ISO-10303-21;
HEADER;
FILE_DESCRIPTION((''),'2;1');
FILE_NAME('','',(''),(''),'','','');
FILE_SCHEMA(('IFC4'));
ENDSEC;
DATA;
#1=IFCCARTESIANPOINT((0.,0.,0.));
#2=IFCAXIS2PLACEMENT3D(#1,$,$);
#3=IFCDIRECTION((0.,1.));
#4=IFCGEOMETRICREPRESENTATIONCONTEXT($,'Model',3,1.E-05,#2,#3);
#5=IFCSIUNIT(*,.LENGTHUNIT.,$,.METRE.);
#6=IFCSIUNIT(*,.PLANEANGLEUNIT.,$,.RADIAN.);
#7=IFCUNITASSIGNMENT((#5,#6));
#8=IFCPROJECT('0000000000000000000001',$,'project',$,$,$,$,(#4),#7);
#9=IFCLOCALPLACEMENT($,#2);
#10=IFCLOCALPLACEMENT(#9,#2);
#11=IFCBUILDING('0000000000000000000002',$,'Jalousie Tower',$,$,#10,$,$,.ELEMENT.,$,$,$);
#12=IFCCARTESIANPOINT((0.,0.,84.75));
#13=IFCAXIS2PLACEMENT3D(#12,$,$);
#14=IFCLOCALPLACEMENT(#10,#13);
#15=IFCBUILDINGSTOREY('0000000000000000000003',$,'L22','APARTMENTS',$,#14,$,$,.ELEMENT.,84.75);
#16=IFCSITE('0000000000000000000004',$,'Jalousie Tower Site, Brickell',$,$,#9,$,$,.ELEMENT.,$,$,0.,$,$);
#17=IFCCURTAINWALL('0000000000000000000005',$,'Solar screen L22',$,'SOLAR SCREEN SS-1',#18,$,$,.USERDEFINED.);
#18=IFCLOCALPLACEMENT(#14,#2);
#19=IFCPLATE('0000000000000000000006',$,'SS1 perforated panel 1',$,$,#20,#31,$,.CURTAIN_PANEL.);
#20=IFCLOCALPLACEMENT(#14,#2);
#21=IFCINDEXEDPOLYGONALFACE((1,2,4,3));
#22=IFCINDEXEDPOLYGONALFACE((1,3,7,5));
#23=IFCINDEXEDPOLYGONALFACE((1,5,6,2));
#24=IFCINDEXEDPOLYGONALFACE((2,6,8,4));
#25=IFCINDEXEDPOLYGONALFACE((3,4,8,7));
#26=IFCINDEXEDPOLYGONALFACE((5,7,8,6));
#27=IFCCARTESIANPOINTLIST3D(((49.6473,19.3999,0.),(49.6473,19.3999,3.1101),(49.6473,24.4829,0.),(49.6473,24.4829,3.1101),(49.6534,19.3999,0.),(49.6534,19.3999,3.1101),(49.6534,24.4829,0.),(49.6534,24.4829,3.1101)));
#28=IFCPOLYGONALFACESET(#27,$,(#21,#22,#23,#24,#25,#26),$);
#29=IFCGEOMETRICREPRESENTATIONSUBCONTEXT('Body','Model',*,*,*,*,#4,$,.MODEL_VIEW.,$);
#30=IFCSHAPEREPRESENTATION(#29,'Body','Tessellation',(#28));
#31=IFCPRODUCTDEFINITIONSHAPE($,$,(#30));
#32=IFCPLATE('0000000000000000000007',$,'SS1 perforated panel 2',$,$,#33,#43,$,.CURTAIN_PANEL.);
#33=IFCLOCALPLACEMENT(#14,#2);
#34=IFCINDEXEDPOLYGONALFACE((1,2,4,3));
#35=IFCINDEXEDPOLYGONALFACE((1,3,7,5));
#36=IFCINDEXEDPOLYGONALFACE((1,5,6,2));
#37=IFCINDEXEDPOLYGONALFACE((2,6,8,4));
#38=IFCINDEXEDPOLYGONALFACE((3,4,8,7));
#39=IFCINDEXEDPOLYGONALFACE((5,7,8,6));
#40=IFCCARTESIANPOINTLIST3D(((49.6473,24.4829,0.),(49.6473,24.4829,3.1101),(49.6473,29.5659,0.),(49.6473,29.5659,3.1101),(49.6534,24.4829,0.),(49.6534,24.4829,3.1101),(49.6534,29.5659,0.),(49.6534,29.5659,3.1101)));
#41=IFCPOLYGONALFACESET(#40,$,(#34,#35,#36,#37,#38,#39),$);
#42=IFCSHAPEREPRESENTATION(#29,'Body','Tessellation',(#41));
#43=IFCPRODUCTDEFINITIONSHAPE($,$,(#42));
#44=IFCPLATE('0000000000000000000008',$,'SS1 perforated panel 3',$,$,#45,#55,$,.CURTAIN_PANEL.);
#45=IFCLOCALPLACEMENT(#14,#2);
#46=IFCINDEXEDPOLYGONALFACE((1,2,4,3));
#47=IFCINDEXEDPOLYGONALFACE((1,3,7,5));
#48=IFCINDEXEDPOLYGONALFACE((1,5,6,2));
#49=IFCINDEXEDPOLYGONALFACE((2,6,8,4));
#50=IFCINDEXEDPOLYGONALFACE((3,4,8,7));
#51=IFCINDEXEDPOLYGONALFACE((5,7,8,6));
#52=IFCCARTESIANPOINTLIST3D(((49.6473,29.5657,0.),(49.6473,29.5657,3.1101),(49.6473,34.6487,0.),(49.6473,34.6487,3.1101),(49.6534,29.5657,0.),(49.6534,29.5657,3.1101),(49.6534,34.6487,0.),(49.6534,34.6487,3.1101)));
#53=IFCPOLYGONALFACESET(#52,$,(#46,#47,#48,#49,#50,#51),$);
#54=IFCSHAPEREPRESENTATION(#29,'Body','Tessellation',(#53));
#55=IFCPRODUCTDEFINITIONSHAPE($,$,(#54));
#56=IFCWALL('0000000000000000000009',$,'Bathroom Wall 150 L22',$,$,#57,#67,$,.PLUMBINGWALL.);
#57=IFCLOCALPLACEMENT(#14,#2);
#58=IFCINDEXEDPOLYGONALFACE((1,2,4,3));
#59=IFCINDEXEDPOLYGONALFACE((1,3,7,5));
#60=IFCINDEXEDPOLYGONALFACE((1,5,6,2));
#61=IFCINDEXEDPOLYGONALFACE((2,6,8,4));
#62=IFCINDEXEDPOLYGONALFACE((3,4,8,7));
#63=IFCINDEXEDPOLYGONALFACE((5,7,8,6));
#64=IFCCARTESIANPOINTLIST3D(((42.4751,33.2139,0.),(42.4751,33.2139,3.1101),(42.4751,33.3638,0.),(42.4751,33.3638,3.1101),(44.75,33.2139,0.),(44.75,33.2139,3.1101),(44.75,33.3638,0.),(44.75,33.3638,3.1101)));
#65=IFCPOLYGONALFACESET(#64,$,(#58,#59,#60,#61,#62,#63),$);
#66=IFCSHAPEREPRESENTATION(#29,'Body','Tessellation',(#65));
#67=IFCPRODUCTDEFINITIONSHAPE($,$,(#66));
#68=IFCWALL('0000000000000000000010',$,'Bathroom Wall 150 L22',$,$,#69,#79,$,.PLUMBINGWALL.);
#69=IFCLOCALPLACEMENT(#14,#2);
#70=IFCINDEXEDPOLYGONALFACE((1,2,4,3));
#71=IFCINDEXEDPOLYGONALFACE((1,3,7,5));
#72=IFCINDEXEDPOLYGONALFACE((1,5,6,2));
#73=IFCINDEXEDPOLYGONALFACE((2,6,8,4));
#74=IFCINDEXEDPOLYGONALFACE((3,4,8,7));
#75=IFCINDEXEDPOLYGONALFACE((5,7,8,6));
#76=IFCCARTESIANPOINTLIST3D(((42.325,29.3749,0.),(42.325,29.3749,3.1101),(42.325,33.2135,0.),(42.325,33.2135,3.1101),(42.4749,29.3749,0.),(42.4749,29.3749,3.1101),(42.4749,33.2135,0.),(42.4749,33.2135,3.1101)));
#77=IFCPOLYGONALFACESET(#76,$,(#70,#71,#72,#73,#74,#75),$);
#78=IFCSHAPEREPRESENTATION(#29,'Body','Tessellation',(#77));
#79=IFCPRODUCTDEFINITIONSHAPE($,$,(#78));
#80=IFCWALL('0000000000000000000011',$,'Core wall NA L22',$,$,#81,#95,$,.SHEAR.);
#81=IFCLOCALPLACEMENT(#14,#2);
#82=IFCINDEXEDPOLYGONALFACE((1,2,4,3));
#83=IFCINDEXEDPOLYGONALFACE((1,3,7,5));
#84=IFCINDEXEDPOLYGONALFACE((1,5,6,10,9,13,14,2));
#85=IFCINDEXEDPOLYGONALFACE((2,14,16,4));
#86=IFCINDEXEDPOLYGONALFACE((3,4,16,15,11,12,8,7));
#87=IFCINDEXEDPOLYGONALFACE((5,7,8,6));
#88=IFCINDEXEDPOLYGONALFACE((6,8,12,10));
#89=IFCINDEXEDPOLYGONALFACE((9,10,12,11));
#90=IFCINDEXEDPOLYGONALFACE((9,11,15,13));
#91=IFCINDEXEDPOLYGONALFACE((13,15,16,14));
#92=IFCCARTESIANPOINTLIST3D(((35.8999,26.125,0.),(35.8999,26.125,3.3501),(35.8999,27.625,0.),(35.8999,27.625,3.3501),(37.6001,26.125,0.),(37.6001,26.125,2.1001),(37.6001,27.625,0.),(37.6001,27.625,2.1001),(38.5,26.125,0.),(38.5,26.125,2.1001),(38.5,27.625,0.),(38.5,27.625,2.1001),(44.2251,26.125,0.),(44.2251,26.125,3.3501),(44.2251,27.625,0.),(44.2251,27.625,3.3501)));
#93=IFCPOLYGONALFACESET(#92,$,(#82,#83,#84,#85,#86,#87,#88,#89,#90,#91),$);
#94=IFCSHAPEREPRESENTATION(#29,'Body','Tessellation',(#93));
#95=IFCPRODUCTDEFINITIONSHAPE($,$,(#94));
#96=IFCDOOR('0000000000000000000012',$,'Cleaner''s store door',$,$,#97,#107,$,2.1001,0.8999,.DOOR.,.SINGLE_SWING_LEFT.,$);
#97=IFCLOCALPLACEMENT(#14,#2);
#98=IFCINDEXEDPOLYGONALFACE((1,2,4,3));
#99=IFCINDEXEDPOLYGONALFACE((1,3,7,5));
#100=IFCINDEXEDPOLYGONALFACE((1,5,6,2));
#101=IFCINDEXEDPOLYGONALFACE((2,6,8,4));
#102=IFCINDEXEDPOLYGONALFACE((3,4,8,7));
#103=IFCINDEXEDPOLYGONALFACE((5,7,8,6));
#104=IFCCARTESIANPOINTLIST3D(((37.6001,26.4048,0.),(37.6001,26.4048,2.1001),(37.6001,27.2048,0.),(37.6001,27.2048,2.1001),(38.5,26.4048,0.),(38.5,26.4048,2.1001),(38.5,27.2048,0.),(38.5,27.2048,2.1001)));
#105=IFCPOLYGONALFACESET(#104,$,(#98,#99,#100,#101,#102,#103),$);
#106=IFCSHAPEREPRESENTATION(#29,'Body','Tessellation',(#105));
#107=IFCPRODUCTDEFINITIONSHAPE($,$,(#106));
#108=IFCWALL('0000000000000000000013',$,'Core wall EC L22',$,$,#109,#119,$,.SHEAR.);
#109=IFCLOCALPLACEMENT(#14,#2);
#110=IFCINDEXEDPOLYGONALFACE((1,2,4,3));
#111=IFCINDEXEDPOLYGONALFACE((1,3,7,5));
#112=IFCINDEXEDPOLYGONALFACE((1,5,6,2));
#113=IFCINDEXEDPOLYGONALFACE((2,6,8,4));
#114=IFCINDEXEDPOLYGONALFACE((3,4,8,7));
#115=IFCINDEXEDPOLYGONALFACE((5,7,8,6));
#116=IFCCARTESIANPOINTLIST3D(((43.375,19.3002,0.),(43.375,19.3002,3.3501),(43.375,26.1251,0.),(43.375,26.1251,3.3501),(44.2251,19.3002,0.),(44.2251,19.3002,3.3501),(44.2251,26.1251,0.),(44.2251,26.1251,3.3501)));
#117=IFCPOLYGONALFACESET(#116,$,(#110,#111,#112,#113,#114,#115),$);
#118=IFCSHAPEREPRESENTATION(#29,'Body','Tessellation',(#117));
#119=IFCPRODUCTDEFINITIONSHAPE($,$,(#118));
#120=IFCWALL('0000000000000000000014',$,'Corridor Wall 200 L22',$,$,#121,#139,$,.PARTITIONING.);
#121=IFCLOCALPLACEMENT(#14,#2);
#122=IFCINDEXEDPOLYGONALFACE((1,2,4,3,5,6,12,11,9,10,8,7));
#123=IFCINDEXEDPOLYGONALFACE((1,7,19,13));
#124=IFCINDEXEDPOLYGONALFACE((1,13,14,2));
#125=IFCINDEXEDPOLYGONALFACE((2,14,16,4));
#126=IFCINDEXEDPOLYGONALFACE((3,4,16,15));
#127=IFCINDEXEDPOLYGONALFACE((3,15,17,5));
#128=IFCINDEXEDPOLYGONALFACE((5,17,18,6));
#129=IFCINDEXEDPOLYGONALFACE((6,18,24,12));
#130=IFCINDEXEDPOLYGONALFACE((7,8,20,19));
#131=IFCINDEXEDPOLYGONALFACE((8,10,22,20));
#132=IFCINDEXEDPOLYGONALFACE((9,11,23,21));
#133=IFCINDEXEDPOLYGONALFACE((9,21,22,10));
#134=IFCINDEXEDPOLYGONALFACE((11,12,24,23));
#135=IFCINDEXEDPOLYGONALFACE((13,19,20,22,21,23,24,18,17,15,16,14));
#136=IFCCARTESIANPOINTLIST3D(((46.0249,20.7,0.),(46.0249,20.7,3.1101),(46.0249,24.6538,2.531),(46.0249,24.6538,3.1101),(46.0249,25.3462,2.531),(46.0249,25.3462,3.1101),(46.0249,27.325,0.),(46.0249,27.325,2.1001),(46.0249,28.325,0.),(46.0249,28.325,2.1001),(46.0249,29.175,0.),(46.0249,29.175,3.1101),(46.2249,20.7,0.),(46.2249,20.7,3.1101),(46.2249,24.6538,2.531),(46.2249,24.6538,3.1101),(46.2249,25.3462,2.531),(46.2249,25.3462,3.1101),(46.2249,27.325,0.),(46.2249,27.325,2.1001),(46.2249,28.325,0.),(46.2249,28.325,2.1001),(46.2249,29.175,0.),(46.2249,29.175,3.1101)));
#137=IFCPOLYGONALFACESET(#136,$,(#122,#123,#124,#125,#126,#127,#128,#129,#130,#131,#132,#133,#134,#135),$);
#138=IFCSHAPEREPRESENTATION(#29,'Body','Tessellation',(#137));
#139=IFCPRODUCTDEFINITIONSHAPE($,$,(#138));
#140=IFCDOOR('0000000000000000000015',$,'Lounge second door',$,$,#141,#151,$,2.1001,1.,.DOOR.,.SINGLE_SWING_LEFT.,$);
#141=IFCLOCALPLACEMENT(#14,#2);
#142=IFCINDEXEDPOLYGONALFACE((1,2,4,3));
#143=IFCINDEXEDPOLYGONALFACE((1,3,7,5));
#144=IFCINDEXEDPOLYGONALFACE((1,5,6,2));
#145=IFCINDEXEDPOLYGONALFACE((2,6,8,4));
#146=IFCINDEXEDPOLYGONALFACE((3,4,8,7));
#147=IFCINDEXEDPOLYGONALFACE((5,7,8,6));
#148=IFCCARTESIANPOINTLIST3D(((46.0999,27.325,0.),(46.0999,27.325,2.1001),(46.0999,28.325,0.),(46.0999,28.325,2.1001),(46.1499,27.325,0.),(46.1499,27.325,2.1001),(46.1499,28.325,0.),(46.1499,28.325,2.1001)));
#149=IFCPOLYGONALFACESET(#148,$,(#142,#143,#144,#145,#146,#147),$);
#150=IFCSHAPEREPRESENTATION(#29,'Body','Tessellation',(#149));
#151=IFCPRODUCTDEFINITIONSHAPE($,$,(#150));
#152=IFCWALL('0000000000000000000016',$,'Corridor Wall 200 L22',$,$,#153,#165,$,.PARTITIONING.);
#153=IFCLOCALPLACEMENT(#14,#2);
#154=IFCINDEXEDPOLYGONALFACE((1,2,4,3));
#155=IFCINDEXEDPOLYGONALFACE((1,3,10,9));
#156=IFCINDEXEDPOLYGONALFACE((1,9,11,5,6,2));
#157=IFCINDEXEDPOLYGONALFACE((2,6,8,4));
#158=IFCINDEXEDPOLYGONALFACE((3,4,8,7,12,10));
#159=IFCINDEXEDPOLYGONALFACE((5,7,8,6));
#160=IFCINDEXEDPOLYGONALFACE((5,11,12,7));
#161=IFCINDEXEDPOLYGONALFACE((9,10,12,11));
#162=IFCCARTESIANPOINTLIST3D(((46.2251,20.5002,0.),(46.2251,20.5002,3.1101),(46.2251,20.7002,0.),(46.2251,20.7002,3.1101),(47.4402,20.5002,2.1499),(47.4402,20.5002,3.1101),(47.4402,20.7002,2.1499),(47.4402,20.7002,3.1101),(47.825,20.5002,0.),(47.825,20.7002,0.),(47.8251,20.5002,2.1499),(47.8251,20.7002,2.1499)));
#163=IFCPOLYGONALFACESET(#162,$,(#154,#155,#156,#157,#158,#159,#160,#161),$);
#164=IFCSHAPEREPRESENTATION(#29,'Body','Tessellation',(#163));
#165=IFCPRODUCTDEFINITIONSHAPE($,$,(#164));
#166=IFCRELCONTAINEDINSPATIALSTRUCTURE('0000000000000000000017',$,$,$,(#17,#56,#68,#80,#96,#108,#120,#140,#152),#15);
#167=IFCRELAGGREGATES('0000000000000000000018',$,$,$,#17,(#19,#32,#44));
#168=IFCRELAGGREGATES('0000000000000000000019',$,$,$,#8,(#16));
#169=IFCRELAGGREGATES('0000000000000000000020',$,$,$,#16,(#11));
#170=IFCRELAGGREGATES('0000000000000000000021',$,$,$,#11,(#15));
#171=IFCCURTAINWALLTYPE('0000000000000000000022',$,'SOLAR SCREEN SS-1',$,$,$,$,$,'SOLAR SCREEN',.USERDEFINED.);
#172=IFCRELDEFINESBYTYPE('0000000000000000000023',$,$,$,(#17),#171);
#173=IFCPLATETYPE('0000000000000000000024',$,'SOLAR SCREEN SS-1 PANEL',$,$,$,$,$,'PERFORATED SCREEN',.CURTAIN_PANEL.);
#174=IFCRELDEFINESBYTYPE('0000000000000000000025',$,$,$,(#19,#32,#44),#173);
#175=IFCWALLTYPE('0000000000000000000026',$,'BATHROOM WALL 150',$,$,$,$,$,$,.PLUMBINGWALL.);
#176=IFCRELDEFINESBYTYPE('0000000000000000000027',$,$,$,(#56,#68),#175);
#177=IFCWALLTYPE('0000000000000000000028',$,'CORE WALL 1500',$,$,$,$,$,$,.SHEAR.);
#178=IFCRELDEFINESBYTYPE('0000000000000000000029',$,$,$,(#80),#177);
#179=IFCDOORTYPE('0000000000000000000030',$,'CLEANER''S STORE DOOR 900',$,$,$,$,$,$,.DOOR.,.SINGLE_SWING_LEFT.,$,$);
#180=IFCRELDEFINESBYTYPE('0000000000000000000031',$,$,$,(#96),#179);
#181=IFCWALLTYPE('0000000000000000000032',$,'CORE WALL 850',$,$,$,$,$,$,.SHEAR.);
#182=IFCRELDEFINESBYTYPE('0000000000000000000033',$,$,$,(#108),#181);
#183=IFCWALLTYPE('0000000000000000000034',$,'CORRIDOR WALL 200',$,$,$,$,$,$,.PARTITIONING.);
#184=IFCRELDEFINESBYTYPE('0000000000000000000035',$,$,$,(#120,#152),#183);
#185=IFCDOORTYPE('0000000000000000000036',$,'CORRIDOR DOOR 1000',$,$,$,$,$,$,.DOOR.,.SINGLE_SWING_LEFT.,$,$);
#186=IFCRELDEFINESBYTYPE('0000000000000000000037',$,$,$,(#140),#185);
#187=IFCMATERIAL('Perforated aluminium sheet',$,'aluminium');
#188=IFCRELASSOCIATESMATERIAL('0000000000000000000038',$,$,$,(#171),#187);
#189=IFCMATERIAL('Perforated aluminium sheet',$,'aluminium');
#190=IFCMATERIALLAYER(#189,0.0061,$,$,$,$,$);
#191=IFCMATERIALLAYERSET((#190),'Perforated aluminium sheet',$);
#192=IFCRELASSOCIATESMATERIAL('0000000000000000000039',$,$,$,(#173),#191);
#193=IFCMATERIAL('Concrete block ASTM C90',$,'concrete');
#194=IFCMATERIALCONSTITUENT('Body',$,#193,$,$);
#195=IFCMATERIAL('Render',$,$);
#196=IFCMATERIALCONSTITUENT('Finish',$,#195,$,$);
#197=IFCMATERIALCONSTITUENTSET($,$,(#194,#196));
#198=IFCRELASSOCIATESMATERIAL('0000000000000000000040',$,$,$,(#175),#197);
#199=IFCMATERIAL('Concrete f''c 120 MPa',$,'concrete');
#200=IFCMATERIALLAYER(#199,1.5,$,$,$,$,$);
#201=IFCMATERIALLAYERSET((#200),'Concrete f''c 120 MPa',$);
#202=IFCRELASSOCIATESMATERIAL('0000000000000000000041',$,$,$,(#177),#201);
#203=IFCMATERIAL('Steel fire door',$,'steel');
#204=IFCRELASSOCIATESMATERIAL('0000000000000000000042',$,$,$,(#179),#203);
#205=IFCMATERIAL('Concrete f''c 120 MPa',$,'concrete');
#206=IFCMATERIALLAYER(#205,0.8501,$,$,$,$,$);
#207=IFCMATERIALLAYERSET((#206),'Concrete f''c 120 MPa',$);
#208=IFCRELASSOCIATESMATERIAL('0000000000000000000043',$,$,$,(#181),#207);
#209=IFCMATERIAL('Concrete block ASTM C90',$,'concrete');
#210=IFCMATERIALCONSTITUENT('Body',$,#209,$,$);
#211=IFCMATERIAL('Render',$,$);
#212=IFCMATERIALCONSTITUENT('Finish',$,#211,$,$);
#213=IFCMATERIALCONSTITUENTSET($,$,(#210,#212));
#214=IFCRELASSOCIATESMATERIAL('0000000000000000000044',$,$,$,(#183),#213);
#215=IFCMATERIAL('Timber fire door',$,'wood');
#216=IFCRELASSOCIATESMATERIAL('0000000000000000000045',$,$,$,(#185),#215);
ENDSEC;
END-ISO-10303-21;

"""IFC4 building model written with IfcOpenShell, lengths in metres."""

from ifc_helpers import new_model, si_unit, direction, frame, frame_2d, origin, origin_2d, place, context, subcontext, project, spatial, polyline, rectangle, outline, extrude, material, layer, layer_set, constituent, constituent_set, type_object, element, fill, aggregate, save


model = new_model("IFC4")

# Units and contexts
model_context = context("Model", 3, precision=1e-05, world=origin(), true_north=direction((0.0, 1.0)))
body_context = subcontext(model_context, "Body", "Model", "MODEL_VIEW")
ifc_project = project(units=[si_unit("LENGTHUNIT", "METRE"), si_unit("PLANEANGLEUNIT", "RADIAN")], contexts=[model_context])

# Site, building, storey
site_placement = place(None, origin())
site = spatial("IfcSite", under=ifc_project, at=site_placement, Name="Jalousie Tower Site, Brickell", CompositionType="ELEMENT", RefElevation=0.0)
building_placement = place(site_placement, origin())
building = spatial("IfcBuilding", under=site, at=building_placement, Name="Jalousie Tower", CompositionType="ELEMENT")
storey_placement = place(building_placement, frame((0.0, 0.0, 84.75)))
storey = spatial("IfcBuildingStorey", under=building, at=storey_placement, Name="L22", Description="APARTMENTS", CompositionType="ELEMENT", Elevation=84.75)

# Curtain wall, plates
ifc_material_1 = material(Name="Perforated aluminium sheet", Category="aluminium")
curtain_wall_type = type_object("IfcCurtainWallType", Name="SOLAR SCREEN SS-1", ElementType="SOLAR SCREEN", PredefinedType="USERDEFINED", material=ifc_material_1)
curtain_wall_placement = place(storey_placement, origin())
curtain_wall = element("IfcCurtainWall", 1, at=curtain_wall_placement, inside=storey, type_object=curtain_wall_type, Name="Solar screen L22", ObjectType="SOLAR SCREEN SS-1", PredefinedType="USERDEFINED")
ifc_material_2 = material(Name="Perforated aluminium sheet", Category="aluminium")
ifc_layer_1 = layer(ifc_material_2, 0.0061)
ifc_layer_set_1 = layer_set([ifc_layer_1], Name="Perforated aluminium sheet")
plate_type = type_object("IfcPlateType", Name="SOLAR SCREEN SS-1 PANEL", ElementType="PERFORATED SCREEN", PredefinedType="CURTAIN_PANEL", material=ifc_layer_set_1)
plate_1_placement = place(storey_placement, frame((49.6504, 21.9414, 0.0), z_axis=(0.0, 0.0, 1.0), x_axis=(0.0, 1.0, 0.0)))
plate_1 = element("IfcPlate", 2, at=plate_1_placement, type_object=plate_type, Name="SS1 perforated panel 1", PredefinedType="CURTAIN_PANEL", context=body_context, shape_type="SweptSolid", body=[
    extrude(rectangle(XDim=5.083, YDim=0.0061, at=origin_2d()), origin(), (0.0, 0.0, 1.0), 3.1101),
])
plate_2_placement = place(storey_placement, frame((49.6504, 27.0244, 0.0), z_axis=(0.0, 0.0, 1.0), x_axis=(0.0, 1.0, 0.0)))
plate_2 = element("IfcPlate", 3, at=plate_2_placement, type_object=plate_type, Name="SS1 perforated panel 2", PredefinedType="CURTAIN_PANEL", context=body_context, shape_type="SweptSolid", body=[
    extrude(rectangle(XDim=5.083, YDim=0.0061, at=origin_2d()), origin(), (0.0, 0.0, 1.0), 3.1101),
])
plate_3_placement = place(storey_placement, frame((49.6504, 32.1072, 0.0), z_axis=(0.0, 0.0, 1.0), x_axis=(0.0, 1.0, 0.0)))
plate_3 = element("IfcPlate", 4, at=plate_3_placement, type_object=plate_type, Name="SS1 perforated panel 3", PredefinedType="CURTAIN_PANEL", context=body_context, shape_type="SweptSolid", body=[
    extrude(rectangle(XDim=5.083, YDim=0.0061, at=origin_2d()), origin(), (0.0, 0.0, 1.0), 3.1101),
])
aggregate(curtain_wall, [plate_1, plate_2, plate_3])

# Walls
ifc_material_3 = material(Name="Concrete block ASTM C90", Category="concrete")
ifc_constituent_1 = constituent(ifc_material_3, Name="Body")
ifc_material_4 = material(Name="Render")
ifc_constituent_2 = constituent(ifc_material_4, Name="Finish")
ifc_constituent_set_1 = constituent_set(constituents=[ifc_constituent_1, ifc_constituent_2])
wall_type_1 = type_object("IfcWallType", Name="BATHROOM WALL 150", PredefinedType="PLUMBINGWALL", material=ifc_constituent_set_1)
wall_1_placement = place(storey_placement, frame((42.4751, 33.2888, 0.0), z_axis=(0.0, 0.0, 1.0), x_axis=(1.0, 0.0, 0.0)))
element("IfcWall", 5, at=wall_1_placement, inside=storey, type_object=wall_type_1, Name="Bathroom Wall 150 L22", PredefinedType="PLUMBINGWALL", context=body_context, shape_type="SweptSolid", body=[
    extrude(rectangle(XDim=2.2749, YDim=0.1499, at=frame_2d((1.1375, 0.0))), origin(), (0.0, 0.0, 1.0), 3.1101),
])
wall_2_placement = place(storey_placement, frame((42.3999, 33.2136, 0.0), z_axis=(0.0, 0.0, 1.0), x_axis=(0.0, -1.0, 0.0)))
element("IfcWall", 6, at=wall_2_placement, inside=storey, type_object=wall_type_1, Name="Bathroom Wall 150 L22", PredefinedType="PLUMBINGWALL", context=body_context, shape_type="SweptSolid", body=[
    extrude(rectangle(XDim=3.8386, YDim=0.1499, at=frame_2d((1.9194, 0.0))), origin(), (0.0, 0.0, 1.0), 3.1101),
])

# Wall, opening, door
ifc_material_5 = material(Name="Concrete f'c 120 MPa", Category="concrete")
ifc_layer_2 = layer(ifc_material_5, 1.5)
ifc_layer_set_2 = layer_set([ifc_layer_2], Name="Concrete f'c 120 MPa")
wall_type_2 = type_object("IfcWallType", Name="CORE WALL 1500", PredefinedType="SHEAR", material=ifc_layer_set_2)
wall_3_placement = place(storey_placement, frame((44.2251, 26.875, 0.0), z_axis=(0.0, 0.0, 1.0), x_axis=(-1.0, 0.0, 0.0)))
wall_3 = element("IfcWall", 7, at=wall_3_placement, inside=storey, type_object=wall_type_2, Name="Core wall NA L22", PredefinedType="SHEAR", context=body_context, shape_type="SweptSolid", body=[
    extrude(rectangle(XDim=8.3252, YDim=1.5, at=frame_2d((4.1626, 0.0))), origin(), (0.0, 0.0, 1.0), 3.3501),
])
opening_1_placement = place(wall_3_placement, frame((5.7251, 0.0, 0.0)))
opening_1 = element("IfcOpeningElement", 8, at=opening_1_placement, cuts=wall_3, PredefinedType="OPENING", context=body_context, shape_type="SweptSolid", body=[
    extrude(rectangle(XDim=0.8999, YDim=2.1001, at=frame_2d((0.45, 1.05))), frame((0.0, 0.76, 0.0), z_axis=(0.0, -1.0, 0.0), x_axis=(1.0, 0.0, 0.0)), (0.0, 0.0, 1.0), 1.52),
])
ifc_material_6 = material(Name="Steel fire door", Category="steel")
door_type_1 = type_object("IfcDoorType", Name="CLEANER'S STORE DOOR 900", OperationType="SINGLE_SWING_LEFT", PredefinedType="DOOR", material=ifc_material_6)
door_1_placement = place(opening_1_placement, origin())
door_1 = element("IfcDoor", 9, at=door_1_placement, inside=storey, type_object=door_type_1, Name="Cleaner's store door", OperationType="SINGLE_SWING_LEFT", OverallHeight=2.1001, OverallWidth=0.8999, PredefinedType="DOOR", context=body_context, shape_type="SweptSolid", body=[
    extrude(rectangle(XDim=0.8999, YDim=2.1001, at=frame_2d((0.45, 1.05))), frame((0.0, 0.4702, 0.0), z_axis=(0.0, -1.0, 0.0), x_axis=(1.0, 0.0, 0.0)), (0.0, 0.0, 1.0), 0.8),
])
fill(opening_1, door_1)

# Wall
ifc_material_7 = material(Name="Concrete f'c 120 MPa", Category="concrete")
ifc_layer_3 = layer(ifc_material_7, 0.8501)
ifc_layer_set_3 = layer_set([ifc_layer_3], Name="Concrete f'c 120 MPa")
wall_type_3 = type_object("IfcWallType", Name="CORE WALL 850", PredefinedType="SHEAR", material=ifc_layer_set_3)
wall_4_placement = place(storey_placement, frame((43.8, 19.3, 0.0), z_axis=(0.0, 0.0, 1.0), x_axis=(0.0, 1.0, 0.0)))
element("IfcWall", 10, at=wall_4_placement, inside=storey, type_object=wall_type_3, Name="Core wall EC L22", PredefinedType="SHEAR", context=body_context, shape_type="SweptSolid", body=[
    extrude(rectangle(XDim=6.825, YDim=0.8501, at=frame_2d((3.4126, 0.0))), origin(), (0.0, 0.0, 1.0), 3.3501),
])

# Wall, opening, door
ifc_material_8 = material(Name="Concrete block ASTM C90", Category="concrete")
ifc_constituent_3 = constituent(ifc_material_8, Name="Body")
ifc_material_9 = material(Name="Render")
ifc_constituent_4 = constituent(ifc_material_9, Name="Finish")
ifc_constituent_set_2 = constituent_set(constituents=[ifc_constituent_3, ifc_constituent_4])
wall_type_4 = type_object("IfcWallType", Name="CORRIDOR WALL 200", PredefinedType="PARTITIONING", material=ifc_constituent_set_2)
wall_5_placement = place(storey_placement, frame((46.125, 20.7, 0.0), z_axis=(0.0, 0.0, 1.0), x_axis=(0.0, 1.0, 0.0)))
wall_5 = element("IfcWall", 11, at=wall_5_placement, inside=storey, type_object=wall_type_4, Name="Corridor Wall 200 L22", PredefinedType="PARTITIONING", context=body_context, shape_type="SweptSolid", body=[
    extrude(outline(polyline([(0.0, 0.0), (8.4751, 0.0), (8.4751, 3.1101), (4.6462, 3.1101), (4.6462, 2.531), (3.9539, 2.531), (3.9539, 3.1101), (0.0, 3.1101), (0.0, 0.0)])), frame((0.0, 0.1001, 0.0), z_axis=(0.0, -1.0, 0.0), x_axis=(1.0, 0.0, 0.0)), (0.0, 0.0, 1.0), 0.2),
])
opening_2_placement = place(wall_5_placement, frame((6.625, 0.0, 0.0)))
opening_2 = element("IfcOpeningElement", 12, at=opening_2_placement, cuts=wall_5, PredefinedType="OPENING", context=body_context, shape_type="SweptSolid", body=[
    extrude(rectangle(XDim=1.0, YDim=2.1001, at=frame_2d((0.5, 1.05))), frame((0.0, 0.1099, 0.0), z_axis=(0.0, -1.0, 0.0), x_axis=(1.0, 0.0, 0.0)), (0.0, 0.0, 1.0), 0.22),
])
ifc_material_10 = material(Name="Timber fire door", Category="wood")
door_type_2 = type_object("IfcDoorType", Name="CORRIDOR DOOR 1000", OperationType="SINGLE_SWING_LEFT", PredefinedType="DOOR", material=ifc_material_10)
door_2_placement = place(opening_2_placement, frame((1.0, 0.0, 0.0), z_axis=(0.0, 0.0, 1.0), x_axis=(-1.0, 0.0, 0.0)))
door_2 = element("IfcDoor", 13, at=door_2_placement, inside=storey, type_object=door_type_2, Name="Lounge second door", OperationType="SINGLE_SWING_LEFT", OverallHeight=2.1001, OverallWidth=1.0, PredefinedType="DOOR", context=body_context, shape_type="SweptSolid", body=[
    extrude(rectangle(XDim=1.0, YDim=2.1001, at=frame_2d((0.5, 1.05))), frame((0.0, 0.0249, 0.0), z_axis=(0.0, -1.0, 0.0), x_axis=(1.0, 0.0, 0.0)), (0.0, 0.0, 1.0), 0.05),
])
fill(opening_2, door_2)

# Wall
wall_6_placement = place(storey_placement, frame((46.2251, 20.6001, 0.0), z_axis=(0.0, 0.0, 1.0), x_axis=(1.0, 0.0, 0.0)))
element("IfcWall", 14, at=wall_6_placement, inside=storey, type_object=wall_type_4, Name="Corridor Wall 200 L22", PredefinedType="PARTITIONING", context=body_context, shape_type="SweptSolid", body=[
    extrude(outline(polyline([(0.0, 0.0), (1.5999, 0.0), (1.6001, 3.1101), (1.6001, 2.1499), (1.2151, 2.1499), (1.2151, 3.1101), (0.0, 3.1101), (0.0, 0.0)])), frame((0.0, 0.1001, 0.0), z_axis=(0.0, -1.0, 0.0), x_axis=(1.0, 0.0, 0.0)), (0.0, 0.0, 1.0), 0.2),
])

save(model, "model.ifc")
